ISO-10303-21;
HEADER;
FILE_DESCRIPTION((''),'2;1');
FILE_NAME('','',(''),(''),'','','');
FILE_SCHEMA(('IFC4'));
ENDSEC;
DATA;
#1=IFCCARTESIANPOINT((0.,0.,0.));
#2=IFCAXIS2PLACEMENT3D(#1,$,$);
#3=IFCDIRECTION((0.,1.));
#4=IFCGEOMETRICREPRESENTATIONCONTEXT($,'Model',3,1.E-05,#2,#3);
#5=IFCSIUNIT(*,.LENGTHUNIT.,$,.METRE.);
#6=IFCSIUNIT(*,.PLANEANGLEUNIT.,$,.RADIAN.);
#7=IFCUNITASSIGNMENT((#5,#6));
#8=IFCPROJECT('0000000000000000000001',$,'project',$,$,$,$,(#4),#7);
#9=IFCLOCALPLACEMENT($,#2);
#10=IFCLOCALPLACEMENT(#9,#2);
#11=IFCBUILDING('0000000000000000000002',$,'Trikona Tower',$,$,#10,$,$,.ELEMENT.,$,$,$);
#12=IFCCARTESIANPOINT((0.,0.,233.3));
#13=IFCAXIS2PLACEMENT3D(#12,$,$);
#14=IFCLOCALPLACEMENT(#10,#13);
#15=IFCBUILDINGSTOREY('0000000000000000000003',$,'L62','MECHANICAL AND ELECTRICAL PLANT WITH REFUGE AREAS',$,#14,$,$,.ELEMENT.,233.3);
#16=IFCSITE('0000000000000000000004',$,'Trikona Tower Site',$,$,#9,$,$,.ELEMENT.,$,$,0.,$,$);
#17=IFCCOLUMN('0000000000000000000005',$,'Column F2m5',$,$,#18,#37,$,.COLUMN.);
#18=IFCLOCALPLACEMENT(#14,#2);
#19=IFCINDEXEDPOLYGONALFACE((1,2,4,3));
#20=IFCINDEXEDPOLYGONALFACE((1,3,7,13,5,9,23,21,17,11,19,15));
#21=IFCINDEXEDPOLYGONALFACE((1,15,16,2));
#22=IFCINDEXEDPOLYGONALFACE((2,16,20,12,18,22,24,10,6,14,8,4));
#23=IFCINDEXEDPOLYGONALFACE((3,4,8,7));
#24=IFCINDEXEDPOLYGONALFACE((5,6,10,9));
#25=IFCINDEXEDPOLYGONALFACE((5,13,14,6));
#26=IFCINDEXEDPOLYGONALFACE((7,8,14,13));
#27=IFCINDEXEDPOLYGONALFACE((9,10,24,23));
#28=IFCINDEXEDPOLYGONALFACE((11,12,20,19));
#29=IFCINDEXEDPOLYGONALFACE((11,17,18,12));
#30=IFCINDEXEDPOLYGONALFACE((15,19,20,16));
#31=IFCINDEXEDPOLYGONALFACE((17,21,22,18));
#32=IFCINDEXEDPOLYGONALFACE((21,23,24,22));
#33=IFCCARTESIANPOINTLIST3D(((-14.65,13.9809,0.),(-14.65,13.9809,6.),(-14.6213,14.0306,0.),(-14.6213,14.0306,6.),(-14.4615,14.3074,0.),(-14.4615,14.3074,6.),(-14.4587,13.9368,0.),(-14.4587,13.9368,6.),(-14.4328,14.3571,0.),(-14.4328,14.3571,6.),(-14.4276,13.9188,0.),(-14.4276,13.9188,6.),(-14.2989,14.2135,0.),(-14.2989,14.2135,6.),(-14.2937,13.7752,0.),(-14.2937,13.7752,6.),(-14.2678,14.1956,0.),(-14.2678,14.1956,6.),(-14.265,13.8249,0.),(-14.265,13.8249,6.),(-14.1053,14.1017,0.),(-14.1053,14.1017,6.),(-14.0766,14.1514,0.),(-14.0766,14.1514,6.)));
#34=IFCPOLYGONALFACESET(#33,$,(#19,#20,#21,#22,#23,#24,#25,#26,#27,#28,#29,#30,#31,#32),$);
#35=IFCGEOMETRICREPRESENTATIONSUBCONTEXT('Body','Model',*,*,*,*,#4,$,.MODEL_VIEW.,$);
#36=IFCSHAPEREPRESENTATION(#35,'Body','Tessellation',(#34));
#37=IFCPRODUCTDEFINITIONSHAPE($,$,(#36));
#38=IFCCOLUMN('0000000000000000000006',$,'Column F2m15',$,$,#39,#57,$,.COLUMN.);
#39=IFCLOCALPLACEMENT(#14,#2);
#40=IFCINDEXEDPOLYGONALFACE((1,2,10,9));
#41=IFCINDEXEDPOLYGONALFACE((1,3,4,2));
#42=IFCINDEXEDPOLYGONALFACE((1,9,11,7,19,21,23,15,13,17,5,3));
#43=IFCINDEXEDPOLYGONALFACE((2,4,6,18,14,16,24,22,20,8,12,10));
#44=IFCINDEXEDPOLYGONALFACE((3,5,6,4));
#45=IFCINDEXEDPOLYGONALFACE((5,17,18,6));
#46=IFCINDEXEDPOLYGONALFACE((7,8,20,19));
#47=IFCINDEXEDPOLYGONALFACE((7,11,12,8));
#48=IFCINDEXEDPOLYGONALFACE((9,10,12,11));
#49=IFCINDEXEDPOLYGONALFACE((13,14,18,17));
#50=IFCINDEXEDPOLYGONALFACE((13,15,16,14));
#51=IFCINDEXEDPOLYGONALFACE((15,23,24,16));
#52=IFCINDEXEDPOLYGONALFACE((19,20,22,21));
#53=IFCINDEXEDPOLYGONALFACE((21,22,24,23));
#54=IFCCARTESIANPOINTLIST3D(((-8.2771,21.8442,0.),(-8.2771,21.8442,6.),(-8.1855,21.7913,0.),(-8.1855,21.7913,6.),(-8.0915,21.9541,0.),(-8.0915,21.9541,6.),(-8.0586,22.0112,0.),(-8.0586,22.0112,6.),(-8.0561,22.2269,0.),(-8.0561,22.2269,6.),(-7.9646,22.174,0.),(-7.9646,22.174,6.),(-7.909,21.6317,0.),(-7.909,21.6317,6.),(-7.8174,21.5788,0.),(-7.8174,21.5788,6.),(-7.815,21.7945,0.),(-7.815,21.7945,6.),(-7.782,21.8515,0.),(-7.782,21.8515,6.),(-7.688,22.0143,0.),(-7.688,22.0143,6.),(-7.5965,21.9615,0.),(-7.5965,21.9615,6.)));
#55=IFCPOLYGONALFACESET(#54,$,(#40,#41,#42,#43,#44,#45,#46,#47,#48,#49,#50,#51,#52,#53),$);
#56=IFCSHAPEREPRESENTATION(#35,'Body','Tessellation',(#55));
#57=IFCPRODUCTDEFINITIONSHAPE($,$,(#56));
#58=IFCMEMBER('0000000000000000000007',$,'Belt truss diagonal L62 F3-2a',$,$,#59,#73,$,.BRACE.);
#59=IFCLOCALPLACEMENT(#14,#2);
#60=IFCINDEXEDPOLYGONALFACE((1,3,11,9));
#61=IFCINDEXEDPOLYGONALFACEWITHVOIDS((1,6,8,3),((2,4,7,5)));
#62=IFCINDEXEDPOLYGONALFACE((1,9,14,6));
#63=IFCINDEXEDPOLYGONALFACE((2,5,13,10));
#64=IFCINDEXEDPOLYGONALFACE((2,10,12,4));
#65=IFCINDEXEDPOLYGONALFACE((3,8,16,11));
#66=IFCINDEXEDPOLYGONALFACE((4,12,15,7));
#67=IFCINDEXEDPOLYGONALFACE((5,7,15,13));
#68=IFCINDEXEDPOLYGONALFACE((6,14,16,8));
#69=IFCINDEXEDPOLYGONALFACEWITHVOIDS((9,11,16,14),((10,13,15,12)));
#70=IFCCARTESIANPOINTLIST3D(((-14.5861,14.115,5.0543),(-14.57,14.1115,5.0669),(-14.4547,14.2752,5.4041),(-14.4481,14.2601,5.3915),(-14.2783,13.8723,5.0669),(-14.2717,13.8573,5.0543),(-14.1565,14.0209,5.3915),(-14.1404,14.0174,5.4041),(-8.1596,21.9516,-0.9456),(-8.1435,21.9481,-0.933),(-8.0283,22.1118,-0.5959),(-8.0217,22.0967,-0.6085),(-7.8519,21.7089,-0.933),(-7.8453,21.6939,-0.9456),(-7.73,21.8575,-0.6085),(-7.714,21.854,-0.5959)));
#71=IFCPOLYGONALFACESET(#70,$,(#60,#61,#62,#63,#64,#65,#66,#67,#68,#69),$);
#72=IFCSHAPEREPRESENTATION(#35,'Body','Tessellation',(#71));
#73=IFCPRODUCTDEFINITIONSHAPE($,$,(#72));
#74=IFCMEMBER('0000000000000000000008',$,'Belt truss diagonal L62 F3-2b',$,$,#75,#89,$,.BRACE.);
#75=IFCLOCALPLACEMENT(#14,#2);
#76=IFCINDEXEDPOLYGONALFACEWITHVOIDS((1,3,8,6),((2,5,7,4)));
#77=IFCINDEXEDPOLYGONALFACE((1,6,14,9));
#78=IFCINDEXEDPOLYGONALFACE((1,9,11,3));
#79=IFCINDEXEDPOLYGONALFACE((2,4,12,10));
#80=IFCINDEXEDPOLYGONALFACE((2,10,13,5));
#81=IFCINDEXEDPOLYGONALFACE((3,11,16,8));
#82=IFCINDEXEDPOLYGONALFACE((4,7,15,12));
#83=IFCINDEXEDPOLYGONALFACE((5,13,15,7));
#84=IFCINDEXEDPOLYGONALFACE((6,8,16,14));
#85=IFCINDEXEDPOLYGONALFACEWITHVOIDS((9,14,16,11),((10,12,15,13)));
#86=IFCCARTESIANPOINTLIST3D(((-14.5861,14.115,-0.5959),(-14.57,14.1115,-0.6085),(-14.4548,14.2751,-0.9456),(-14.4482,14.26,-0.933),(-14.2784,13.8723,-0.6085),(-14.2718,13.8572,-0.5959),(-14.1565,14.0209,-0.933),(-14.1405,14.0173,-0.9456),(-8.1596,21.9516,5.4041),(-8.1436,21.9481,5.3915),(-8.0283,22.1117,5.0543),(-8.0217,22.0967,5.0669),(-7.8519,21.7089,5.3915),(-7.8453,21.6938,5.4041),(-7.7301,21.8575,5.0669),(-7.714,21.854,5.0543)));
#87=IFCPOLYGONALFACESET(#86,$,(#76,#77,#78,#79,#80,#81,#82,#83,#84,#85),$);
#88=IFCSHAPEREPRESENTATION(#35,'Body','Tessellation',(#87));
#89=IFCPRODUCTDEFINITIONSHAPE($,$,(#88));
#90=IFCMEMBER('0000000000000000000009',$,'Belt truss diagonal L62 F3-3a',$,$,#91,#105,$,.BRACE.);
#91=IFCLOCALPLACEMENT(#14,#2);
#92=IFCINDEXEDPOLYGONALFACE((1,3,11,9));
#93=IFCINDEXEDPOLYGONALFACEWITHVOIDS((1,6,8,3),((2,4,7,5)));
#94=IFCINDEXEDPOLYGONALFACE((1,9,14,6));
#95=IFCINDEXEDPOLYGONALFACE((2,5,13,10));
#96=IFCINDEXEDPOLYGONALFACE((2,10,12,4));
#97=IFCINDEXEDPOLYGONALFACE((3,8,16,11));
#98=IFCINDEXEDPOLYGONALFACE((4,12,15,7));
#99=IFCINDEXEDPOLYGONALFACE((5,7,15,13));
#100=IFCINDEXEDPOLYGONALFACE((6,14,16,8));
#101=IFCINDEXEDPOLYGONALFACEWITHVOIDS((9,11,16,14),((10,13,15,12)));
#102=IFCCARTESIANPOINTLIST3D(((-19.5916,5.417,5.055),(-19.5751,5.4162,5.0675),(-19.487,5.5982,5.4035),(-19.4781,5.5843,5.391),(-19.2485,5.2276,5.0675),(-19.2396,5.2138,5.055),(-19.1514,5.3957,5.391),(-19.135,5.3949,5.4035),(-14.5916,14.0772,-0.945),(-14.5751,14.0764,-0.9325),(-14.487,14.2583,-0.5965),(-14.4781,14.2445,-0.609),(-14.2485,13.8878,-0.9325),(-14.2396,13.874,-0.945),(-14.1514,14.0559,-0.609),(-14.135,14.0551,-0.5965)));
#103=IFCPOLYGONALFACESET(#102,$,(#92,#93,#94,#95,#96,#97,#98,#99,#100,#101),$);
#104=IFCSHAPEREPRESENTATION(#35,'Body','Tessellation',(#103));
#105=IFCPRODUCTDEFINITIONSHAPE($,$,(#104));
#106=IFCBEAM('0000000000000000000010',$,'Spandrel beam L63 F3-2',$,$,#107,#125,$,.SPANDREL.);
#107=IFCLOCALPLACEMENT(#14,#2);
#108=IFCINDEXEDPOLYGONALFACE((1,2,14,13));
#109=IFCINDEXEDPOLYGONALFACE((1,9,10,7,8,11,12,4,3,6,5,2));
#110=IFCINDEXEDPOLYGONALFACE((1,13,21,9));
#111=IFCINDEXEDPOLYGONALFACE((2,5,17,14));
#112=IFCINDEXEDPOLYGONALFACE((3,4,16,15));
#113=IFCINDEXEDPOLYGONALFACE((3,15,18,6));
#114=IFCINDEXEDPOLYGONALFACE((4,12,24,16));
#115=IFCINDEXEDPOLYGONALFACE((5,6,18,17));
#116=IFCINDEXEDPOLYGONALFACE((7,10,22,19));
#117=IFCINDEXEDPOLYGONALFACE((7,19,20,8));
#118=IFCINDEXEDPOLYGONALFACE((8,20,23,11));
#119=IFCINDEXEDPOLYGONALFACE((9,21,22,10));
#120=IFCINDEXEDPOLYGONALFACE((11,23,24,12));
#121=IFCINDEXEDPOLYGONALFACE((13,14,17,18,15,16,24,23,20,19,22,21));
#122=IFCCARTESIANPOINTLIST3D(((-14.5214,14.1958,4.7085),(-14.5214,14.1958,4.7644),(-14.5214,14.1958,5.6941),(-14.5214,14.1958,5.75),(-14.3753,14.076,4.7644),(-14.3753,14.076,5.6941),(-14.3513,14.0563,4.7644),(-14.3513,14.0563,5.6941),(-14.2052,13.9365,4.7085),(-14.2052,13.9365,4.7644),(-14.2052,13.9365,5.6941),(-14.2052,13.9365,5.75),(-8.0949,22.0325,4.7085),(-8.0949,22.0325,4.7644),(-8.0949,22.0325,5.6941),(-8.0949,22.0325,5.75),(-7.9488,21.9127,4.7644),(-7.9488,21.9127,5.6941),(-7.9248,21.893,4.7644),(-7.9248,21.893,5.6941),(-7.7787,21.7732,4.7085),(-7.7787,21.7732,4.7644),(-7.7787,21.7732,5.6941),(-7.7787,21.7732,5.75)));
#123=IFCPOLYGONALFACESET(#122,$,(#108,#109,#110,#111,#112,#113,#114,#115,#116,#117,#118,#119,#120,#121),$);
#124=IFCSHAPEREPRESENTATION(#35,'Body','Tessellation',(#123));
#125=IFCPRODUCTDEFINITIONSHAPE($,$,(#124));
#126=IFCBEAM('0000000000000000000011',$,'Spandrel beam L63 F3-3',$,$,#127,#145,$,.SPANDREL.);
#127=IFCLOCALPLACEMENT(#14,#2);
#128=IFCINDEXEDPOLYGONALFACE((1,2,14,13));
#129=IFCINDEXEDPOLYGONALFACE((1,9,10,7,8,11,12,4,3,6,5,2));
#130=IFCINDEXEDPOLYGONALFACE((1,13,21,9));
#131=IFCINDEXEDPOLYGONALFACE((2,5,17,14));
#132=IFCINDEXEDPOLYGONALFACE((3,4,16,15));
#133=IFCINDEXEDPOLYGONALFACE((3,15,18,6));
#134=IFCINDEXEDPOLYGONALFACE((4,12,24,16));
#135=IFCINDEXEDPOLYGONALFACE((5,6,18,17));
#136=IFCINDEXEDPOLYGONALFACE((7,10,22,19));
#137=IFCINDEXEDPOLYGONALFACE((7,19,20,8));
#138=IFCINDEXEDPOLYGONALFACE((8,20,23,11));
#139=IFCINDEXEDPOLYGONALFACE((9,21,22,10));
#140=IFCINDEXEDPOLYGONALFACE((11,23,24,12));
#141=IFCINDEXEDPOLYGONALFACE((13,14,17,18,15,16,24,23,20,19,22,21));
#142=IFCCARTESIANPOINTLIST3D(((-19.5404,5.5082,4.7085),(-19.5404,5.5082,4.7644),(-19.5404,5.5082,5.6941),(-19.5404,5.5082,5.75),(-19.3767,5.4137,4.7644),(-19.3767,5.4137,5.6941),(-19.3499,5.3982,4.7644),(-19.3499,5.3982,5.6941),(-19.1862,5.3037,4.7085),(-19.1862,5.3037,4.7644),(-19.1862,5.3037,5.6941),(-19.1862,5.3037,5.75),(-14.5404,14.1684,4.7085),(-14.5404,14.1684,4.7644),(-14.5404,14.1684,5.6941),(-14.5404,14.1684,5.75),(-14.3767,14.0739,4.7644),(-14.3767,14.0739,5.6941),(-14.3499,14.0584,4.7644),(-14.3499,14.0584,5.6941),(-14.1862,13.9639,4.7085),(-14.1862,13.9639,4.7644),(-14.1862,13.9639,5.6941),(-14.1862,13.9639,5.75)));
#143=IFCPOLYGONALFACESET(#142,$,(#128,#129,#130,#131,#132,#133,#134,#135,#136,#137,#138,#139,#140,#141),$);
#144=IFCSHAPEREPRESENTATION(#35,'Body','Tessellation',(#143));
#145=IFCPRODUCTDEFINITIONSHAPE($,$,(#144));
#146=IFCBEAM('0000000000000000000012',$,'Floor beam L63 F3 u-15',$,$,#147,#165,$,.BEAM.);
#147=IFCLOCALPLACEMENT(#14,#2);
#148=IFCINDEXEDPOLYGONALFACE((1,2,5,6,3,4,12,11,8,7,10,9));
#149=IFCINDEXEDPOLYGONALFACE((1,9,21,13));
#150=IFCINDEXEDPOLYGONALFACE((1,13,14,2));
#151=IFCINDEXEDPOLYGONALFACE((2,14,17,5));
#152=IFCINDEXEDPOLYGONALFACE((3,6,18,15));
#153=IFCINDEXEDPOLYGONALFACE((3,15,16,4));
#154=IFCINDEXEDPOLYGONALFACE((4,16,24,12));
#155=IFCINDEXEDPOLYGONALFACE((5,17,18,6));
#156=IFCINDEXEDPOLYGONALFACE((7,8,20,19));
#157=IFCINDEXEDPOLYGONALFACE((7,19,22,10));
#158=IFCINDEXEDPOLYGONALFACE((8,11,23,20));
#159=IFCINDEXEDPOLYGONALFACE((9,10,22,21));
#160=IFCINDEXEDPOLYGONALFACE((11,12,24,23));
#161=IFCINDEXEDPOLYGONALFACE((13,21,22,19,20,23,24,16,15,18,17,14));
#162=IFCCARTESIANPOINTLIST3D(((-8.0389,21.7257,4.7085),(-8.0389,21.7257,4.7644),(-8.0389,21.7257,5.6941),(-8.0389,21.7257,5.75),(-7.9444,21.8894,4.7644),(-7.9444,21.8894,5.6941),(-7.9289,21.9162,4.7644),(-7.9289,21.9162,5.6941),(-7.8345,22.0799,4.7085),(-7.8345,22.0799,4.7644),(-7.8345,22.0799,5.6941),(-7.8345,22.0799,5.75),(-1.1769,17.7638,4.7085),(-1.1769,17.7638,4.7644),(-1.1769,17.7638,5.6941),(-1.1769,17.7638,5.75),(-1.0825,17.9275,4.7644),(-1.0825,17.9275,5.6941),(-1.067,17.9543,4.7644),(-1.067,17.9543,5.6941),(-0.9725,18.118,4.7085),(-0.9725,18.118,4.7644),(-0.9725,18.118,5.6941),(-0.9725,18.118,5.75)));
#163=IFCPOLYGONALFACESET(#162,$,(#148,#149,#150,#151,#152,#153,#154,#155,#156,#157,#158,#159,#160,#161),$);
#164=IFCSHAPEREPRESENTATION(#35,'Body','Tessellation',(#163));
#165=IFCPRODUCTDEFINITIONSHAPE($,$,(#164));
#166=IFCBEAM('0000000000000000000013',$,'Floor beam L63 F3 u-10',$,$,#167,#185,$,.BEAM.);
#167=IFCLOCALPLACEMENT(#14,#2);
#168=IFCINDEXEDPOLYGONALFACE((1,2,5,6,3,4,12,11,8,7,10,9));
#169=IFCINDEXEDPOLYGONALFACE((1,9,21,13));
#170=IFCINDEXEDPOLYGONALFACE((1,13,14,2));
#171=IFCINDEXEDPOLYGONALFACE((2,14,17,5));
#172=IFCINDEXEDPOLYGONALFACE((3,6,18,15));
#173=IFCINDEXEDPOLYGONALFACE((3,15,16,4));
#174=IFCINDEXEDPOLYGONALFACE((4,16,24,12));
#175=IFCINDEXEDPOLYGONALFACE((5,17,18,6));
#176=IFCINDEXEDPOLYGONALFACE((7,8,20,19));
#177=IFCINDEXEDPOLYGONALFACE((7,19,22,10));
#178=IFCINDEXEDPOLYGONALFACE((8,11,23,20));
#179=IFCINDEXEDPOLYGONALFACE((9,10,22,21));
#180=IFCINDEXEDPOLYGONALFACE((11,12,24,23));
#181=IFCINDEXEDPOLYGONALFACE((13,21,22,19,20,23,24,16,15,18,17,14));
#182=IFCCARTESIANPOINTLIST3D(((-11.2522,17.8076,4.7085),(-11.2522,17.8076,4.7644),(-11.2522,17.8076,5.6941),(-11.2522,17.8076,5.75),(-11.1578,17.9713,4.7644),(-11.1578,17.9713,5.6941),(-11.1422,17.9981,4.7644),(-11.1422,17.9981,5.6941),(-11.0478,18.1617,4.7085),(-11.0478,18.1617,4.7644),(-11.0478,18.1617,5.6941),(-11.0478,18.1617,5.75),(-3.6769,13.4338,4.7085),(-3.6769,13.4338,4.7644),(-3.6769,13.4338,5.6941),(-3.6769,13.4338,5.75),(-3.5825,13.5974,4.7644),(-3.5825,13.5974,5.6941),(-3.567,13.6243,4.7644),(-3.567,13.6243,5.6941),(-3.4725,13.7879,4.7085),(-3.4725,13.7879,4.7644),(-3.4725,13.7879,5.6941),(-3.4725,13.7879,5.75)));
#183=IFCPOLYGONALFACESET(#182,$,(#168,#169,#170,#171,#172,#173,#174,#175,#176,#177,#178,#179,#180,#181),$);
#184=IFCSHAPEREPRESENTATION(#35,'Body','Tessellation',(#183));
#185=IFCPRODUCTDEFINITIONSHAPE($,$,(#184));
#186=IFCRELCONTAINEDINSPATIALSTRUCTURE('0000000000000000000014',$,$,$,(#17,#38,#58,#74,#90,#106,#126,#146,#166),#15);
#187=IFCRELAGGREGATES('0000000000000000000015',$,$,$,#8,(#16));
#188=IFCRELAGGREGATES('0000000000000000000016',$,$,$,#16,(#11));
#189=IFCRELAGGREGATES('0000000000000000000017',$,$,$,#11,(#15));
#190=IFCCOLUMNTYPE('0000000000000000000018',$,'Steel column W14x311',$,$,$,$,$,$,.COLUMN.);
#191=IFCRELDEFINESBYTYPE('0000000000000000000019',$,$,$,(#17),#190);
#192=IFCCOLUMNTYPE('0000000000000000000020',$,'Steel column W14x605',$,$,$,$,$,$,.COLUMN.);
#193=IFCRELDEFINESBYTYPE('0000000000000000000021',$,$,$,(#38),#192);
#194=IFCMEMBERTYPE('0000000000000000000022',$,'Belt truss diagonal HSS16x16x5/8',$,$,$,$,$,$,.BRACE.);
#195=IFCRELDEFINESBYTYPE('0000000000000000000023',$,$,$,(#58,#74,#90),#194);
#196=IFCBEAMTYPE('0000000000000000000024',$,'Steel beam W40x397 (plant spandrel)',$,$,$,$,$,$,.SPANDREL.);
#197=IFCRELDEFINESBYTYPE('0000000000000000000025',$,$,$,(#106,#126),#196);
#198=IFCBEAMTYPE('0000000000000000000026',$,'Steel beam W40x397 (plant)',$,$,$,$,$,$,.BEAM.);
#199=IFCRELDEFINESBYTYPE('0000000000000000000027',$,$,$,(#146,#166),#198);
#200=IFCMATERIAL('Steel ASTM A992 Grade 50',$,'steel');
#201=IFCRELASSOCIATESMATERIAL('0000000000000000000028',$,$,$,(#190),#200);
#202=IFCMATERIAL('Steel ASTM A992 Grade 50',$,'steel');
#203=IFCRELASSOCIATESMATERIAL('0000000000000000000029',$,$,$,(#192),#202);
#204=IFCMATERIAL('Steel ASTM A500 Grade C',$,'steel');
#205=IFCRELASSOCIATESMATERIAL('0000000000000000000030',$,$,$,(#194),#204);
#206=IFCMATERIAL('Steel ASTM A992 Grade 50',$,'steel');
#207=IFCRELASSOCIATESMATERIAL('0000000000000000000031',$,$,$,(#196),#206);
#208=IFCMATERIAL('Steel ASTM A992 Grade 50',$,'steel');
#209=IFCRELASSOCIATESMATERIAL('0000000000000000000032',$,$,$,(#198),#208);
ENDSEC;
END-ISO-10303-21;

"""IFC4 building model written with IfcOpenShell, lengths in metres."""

from ifc_helpers import new_model, si_unit, direction, frame, origin, origin_2d, place, context, subcontext, project, spatial, hollow_rectangle, i_section, extrude, material, material_profile, profile_set, type_object, element, save


model = new_model("IFC4")

# Units and contexts
model_context = context("Model", 3, precision=1e-05, world=origin(), true_north=direction((0.0, 1.0)))
body_context = subcontext(model_context, "Body", "Model", "MODEL_VIEW")
ifc_project = project(units=[si_unit("LENGTHUNIT", "METRE"), si_unit("PLANEANGLEUNIT", "RADIAN")], contexts=[model_context])

# Site, building, storey
site_placement = place(None, origin())
site = spatial("IfcSite", under=ifc_project, at=site_placement, Name="Trikona Tower Site", CompositionType="ELEMENT", RefElevation=0.0)
building_placement = place(site_placement, origin())
building = spatial("IfcBuilding", under=site, at=building_placement, Name="Trikona Tower", CompositionType="ELEMENT")
storey_placement = place(building_placement, frame((0.0, 0.0, 233.3)))
storey = spatial("IfcBuildingStorey", under=building, at=storey_placement, Name="L62", Description="MECHANICAL AND ELECTRICAL PLANT WITH REFUGE AREAS", CompositionType="ELEMENT", Elevation=233.3)

# Columns
ifc_material_1 = material(Name="Steel ASTM A992 Grade 50", Category="steel")
ifc_material_profile_1 = material_profile(ifc_material_1, i_section(OverallWidth=0.4114, OverallDepth=0.4343, WebThickness=0.0359, FlangeThickness=0.0574, at=origin_2d()), Name="W14X311")
ifc_profile_set_1 = profile_set([ifc_material_profile_1], Name="Steel ASTM A992 Grade 50")
column_type_1 = type_object("IfcColumnType", Name="Steel column W14x311", PredefinedType="COLUMN", material=ifc_profile_set_1)
column_1_placement = place(storey_placement, frame((-14.3633, 14.0662, 0.0), z_axis=(0.0, 0.0, 1.0), x_axis=(-0.866025, 0.5, 0.0)))
element("IfcColumn", 1, at=column_1_placement, inside=storey, type_object=column_type_1, Name="Column F2m5", PredefinedType="COLUMN", context=body_context, shape_type="SweptSolid", body=[
    extrude(i_section(OverallWidth=0.4114, OverallDepth=0.4343, WebThickness=0.0359, FlangeThickness=0.0574, at=origin_2d()), origin(), (0.0, 0.0, 1.0), 6.0),
])
ifc_material_2 = material(Name="Steel ASTM A992 Grade 50", Category="steel")
ifc_material_profile_2 = material_profile(ifc_material_2, i_section(OverallWidth=0.4419, OverallDepth=0.5308, WebThickness=0.0659, FlangeThickness=0.1057, at=origin_2d()), Name="W14X605")
ifc_profile_set_2 = profile_set([ifc_material_profile_2], Name="Steel ASTM A992 Grade 50")
column_type_2 = type_object("IfcColumnType", Name="Steel column W14x605", PredefinedType="COLUMN", material=ifc_profile_set_2)
column_2_placement = place(storey_placement, frame((-7.9368, 21.9028, 0.0), z_axis=(0.0, 0.0, 1.0), x_axis=(-0.5, -0.866025, 0.0)))
element("IfcColumn", 2, at=column_2_placement, inside=storey, type_object=column_type_2, Name="Column F2m15", PredefinedType="COLUMN", context=body_context, shape_type="SweptSolid", body=[
    extrude(i_section(OverallWidth=0.4419, OverallDepth=0.5308, WebThickness=0.0659, FlangeThickness=0.1057, at=origin_2d()), origin(), (0.0, 0.0, 1.0), 6.0),
])

# Members
ifc_material_3 = material(Name="Steel ASTM A500 Grade C", Category="steel")
ifc_material_profile_3 = material_profile(ifc_material_3, hollow_rectangle(XDim=0.4065, YDim=0.4065, WallThickness=0.0146, at=origin_2d()), Name="HSS16X16X5/8")
ifc_profile_set_3 = profile_set([ifc_material_profile_3], Name="Steel ASTM A500 Grade C")
member_type = type_object("IfcMemberType", Name="Belt truss diagonal HSS16x16x5/8", PredefinedType="BRACE", material=ifc_profile_set_3)
for number, where, z_axis, x_axis, name in (
    (3, (-7.9368, 21.9028, -0.7708), (-0.545652, -0.665384, 0.509439), (0.773246, -0.634106, 0.0), "Belt truss diagonal L62 F3-2a"),
    (4, (-14.3633, 14.0662, -0.7708), (0.545652, 0.665384, 0.509439), (-0.773246, 0.634106, 0.0), "Belt truss diagonal L62 F3-2b"),
):
    element("IfcMember", number, at=place(storey_placement, frame(where, z_axis=z_axis, x_axis=x_axis)), inside=storey, type_object=member_type, Name=name, PredefinedType="BRACE", context=body_context, shape_type="SweptSolid", body=[
        extrude(hollow_rectangle(XDim=0.4065, YDim=0.4065, WallThickness=0.0146, at=origin_2d()), origin(), (0.0, 0.0, 1.0), 11.7776),
    ])
member_placement = place(storey_placement, frame((-14.3633, 14.0662, -0.7708), z_axis=(-0.428749, -0.742607, 0.514499), x_axis=(0.866023, -0.500004, 0.0)))
element("IfcMember", 5, at=member_placement, inside=storey, type_object=member_type, Name="Belt truss diagonal L62 F3-3a", PredefinedType="BRACE", context=body_context, shape_type="SweptSolid", body=[
    extrude(hollow_rectangle(XDim=0.4065, YDim=0.4065, WallThickness=0.0146, at=origin_2d()), origin(), (0.0, 0.0, 1.0), 11.6619),
])

# Beams
ifc_material_4 = material(Name="Steel ASTM A992 Grade 50", Category="steel")
ifc_material_profile_4 = material_profile(ifc_material_4, i_section(OverallWidth=0.4089, OverallDepth=1.0415, WebThickness=0.031, FlangeThickness=0.0559, at=origin_2d()), Name="W40X397")
ifc_profile_set_4 = profile_set([ifc_material_profile_4], Name="Steel ASTM A992 Grade 50")
beam_type_1 = type_object("IfcBeamType", Name="Steel beam W40x397 (plant spandrel)", PredefinedType="SPANDREL", material=ifc_profile_set_4)
beam_1_placement = place(storey_placement, frame((-7.9368, 21.9028, 5.2292), z_axis=(-0.634106, -0.773246, 0.0), x_axis=(0.773246, -0.634106, 0.0)))
element("IfcBeam", 6, at=beam_1_placement, inside=storey, type_object=beam_type_1, Name="Spandrel beam L63 F3-2", PredefinedType="SPANDREL", context=body_context, shape_type="SweptSolid", body=[
    extrude(i_section(OverallWidth=0.4089, OverallDepth=1.0415, WebThickness=0.031, FlangeThickness=0.0559, at=origin_2d()), origin(), (0.0, 0.0, 1.0), 10.1348),
])
beam_2_placement = place(storey_placement, frame((-14.3633, 14.0662, 5.2292), z_axis=(-0.500004, -0.866023, 0.0), x_axis=(0.866023, -0.500004, 0.0)))
element("IfcBeam", 7, at=beam_2_placement, inside=storey, type_object=beam_type_1, Name="Spandrel beam L63 F3-3", PredefinedType="SPANDREL", context=body_context, shape_type="SweptSolid", body=[
    extrude(i_section(OverallWidth=0.4089, OverallDepth=1.0415, WebThickness=0.031, FlangeThickness=0.0559, at=origin_2d()), origin(), (0.0, 0.0, 1.0), 10.0),
])
ifc_material_5 = material(Name="Steel ASTM A992 Grade 50", Category="steel")
ifc_material_profile_5 = material_profile(ifc_material_5, i_section(OverallWidth=0.4089, OverallDepth=1.0415, WebThickness=0.031, FlangeThickness=0.0559, at=origin_2d()), Name="W40X397")
ifc_profile_set_5 = profile_set([ifc_material_profile_5], Name="Steel ASTM A992 Grade 50")
beam_type_2 = type_object("IfcBeamType", Name="Steel beam W40x397 (plant)", PredefinedType="BEAM", material=ifc_profile_set_5)
beam_3_placement = place(storey_placement, frame((-1.0747, 17.9409, 5.2292), z_axis=(-0.86602, 0.50001, 0.0), x_axis=(-0.50001, -0.86602, 0.0)))
element("IfcBeam", 8, at=beam_3_placement, inside=storey, type_object=beam_type_2, Name="Floor beam L63 F3 u-15", PredefinedType="BEAM", context=body_context, shape_type="SweptSolid", body=[
    extrude(i_section(OverallWidth=0.4089, OverallDepth=1.0415, WebThickness=0.031, FlangeThickness=0.0559, at=origin_2d()), origin(), (0.0, 0.0, 1.0), 7.9236),
])
beam_4_placement = place(storey_placement, frame((-3.5747, 13.6108, 5.2292), z_axis=(-0.866014, 0.50002, 0.0), x_axis=(-0.50002, -0.866014, 0.0)))
element("IfcBeam", 9, at=beam_4_placement, inside=storey, type_object=beam_type_2, Name="Floor beam L63 F3 u-10", PredefinedType="BEAM", context=body_context, shape_type="SweptSolid", body=[
    extrude(i_section(OverallWidth=0.4089, OverallDepth=1.0415, WebThickness=0.031, FlangeThickness=0.0559, at=origin_2d()), origin(), (0.0, 0.0, 1.0), 8.7473),
])

save(model, "model.ifc")
